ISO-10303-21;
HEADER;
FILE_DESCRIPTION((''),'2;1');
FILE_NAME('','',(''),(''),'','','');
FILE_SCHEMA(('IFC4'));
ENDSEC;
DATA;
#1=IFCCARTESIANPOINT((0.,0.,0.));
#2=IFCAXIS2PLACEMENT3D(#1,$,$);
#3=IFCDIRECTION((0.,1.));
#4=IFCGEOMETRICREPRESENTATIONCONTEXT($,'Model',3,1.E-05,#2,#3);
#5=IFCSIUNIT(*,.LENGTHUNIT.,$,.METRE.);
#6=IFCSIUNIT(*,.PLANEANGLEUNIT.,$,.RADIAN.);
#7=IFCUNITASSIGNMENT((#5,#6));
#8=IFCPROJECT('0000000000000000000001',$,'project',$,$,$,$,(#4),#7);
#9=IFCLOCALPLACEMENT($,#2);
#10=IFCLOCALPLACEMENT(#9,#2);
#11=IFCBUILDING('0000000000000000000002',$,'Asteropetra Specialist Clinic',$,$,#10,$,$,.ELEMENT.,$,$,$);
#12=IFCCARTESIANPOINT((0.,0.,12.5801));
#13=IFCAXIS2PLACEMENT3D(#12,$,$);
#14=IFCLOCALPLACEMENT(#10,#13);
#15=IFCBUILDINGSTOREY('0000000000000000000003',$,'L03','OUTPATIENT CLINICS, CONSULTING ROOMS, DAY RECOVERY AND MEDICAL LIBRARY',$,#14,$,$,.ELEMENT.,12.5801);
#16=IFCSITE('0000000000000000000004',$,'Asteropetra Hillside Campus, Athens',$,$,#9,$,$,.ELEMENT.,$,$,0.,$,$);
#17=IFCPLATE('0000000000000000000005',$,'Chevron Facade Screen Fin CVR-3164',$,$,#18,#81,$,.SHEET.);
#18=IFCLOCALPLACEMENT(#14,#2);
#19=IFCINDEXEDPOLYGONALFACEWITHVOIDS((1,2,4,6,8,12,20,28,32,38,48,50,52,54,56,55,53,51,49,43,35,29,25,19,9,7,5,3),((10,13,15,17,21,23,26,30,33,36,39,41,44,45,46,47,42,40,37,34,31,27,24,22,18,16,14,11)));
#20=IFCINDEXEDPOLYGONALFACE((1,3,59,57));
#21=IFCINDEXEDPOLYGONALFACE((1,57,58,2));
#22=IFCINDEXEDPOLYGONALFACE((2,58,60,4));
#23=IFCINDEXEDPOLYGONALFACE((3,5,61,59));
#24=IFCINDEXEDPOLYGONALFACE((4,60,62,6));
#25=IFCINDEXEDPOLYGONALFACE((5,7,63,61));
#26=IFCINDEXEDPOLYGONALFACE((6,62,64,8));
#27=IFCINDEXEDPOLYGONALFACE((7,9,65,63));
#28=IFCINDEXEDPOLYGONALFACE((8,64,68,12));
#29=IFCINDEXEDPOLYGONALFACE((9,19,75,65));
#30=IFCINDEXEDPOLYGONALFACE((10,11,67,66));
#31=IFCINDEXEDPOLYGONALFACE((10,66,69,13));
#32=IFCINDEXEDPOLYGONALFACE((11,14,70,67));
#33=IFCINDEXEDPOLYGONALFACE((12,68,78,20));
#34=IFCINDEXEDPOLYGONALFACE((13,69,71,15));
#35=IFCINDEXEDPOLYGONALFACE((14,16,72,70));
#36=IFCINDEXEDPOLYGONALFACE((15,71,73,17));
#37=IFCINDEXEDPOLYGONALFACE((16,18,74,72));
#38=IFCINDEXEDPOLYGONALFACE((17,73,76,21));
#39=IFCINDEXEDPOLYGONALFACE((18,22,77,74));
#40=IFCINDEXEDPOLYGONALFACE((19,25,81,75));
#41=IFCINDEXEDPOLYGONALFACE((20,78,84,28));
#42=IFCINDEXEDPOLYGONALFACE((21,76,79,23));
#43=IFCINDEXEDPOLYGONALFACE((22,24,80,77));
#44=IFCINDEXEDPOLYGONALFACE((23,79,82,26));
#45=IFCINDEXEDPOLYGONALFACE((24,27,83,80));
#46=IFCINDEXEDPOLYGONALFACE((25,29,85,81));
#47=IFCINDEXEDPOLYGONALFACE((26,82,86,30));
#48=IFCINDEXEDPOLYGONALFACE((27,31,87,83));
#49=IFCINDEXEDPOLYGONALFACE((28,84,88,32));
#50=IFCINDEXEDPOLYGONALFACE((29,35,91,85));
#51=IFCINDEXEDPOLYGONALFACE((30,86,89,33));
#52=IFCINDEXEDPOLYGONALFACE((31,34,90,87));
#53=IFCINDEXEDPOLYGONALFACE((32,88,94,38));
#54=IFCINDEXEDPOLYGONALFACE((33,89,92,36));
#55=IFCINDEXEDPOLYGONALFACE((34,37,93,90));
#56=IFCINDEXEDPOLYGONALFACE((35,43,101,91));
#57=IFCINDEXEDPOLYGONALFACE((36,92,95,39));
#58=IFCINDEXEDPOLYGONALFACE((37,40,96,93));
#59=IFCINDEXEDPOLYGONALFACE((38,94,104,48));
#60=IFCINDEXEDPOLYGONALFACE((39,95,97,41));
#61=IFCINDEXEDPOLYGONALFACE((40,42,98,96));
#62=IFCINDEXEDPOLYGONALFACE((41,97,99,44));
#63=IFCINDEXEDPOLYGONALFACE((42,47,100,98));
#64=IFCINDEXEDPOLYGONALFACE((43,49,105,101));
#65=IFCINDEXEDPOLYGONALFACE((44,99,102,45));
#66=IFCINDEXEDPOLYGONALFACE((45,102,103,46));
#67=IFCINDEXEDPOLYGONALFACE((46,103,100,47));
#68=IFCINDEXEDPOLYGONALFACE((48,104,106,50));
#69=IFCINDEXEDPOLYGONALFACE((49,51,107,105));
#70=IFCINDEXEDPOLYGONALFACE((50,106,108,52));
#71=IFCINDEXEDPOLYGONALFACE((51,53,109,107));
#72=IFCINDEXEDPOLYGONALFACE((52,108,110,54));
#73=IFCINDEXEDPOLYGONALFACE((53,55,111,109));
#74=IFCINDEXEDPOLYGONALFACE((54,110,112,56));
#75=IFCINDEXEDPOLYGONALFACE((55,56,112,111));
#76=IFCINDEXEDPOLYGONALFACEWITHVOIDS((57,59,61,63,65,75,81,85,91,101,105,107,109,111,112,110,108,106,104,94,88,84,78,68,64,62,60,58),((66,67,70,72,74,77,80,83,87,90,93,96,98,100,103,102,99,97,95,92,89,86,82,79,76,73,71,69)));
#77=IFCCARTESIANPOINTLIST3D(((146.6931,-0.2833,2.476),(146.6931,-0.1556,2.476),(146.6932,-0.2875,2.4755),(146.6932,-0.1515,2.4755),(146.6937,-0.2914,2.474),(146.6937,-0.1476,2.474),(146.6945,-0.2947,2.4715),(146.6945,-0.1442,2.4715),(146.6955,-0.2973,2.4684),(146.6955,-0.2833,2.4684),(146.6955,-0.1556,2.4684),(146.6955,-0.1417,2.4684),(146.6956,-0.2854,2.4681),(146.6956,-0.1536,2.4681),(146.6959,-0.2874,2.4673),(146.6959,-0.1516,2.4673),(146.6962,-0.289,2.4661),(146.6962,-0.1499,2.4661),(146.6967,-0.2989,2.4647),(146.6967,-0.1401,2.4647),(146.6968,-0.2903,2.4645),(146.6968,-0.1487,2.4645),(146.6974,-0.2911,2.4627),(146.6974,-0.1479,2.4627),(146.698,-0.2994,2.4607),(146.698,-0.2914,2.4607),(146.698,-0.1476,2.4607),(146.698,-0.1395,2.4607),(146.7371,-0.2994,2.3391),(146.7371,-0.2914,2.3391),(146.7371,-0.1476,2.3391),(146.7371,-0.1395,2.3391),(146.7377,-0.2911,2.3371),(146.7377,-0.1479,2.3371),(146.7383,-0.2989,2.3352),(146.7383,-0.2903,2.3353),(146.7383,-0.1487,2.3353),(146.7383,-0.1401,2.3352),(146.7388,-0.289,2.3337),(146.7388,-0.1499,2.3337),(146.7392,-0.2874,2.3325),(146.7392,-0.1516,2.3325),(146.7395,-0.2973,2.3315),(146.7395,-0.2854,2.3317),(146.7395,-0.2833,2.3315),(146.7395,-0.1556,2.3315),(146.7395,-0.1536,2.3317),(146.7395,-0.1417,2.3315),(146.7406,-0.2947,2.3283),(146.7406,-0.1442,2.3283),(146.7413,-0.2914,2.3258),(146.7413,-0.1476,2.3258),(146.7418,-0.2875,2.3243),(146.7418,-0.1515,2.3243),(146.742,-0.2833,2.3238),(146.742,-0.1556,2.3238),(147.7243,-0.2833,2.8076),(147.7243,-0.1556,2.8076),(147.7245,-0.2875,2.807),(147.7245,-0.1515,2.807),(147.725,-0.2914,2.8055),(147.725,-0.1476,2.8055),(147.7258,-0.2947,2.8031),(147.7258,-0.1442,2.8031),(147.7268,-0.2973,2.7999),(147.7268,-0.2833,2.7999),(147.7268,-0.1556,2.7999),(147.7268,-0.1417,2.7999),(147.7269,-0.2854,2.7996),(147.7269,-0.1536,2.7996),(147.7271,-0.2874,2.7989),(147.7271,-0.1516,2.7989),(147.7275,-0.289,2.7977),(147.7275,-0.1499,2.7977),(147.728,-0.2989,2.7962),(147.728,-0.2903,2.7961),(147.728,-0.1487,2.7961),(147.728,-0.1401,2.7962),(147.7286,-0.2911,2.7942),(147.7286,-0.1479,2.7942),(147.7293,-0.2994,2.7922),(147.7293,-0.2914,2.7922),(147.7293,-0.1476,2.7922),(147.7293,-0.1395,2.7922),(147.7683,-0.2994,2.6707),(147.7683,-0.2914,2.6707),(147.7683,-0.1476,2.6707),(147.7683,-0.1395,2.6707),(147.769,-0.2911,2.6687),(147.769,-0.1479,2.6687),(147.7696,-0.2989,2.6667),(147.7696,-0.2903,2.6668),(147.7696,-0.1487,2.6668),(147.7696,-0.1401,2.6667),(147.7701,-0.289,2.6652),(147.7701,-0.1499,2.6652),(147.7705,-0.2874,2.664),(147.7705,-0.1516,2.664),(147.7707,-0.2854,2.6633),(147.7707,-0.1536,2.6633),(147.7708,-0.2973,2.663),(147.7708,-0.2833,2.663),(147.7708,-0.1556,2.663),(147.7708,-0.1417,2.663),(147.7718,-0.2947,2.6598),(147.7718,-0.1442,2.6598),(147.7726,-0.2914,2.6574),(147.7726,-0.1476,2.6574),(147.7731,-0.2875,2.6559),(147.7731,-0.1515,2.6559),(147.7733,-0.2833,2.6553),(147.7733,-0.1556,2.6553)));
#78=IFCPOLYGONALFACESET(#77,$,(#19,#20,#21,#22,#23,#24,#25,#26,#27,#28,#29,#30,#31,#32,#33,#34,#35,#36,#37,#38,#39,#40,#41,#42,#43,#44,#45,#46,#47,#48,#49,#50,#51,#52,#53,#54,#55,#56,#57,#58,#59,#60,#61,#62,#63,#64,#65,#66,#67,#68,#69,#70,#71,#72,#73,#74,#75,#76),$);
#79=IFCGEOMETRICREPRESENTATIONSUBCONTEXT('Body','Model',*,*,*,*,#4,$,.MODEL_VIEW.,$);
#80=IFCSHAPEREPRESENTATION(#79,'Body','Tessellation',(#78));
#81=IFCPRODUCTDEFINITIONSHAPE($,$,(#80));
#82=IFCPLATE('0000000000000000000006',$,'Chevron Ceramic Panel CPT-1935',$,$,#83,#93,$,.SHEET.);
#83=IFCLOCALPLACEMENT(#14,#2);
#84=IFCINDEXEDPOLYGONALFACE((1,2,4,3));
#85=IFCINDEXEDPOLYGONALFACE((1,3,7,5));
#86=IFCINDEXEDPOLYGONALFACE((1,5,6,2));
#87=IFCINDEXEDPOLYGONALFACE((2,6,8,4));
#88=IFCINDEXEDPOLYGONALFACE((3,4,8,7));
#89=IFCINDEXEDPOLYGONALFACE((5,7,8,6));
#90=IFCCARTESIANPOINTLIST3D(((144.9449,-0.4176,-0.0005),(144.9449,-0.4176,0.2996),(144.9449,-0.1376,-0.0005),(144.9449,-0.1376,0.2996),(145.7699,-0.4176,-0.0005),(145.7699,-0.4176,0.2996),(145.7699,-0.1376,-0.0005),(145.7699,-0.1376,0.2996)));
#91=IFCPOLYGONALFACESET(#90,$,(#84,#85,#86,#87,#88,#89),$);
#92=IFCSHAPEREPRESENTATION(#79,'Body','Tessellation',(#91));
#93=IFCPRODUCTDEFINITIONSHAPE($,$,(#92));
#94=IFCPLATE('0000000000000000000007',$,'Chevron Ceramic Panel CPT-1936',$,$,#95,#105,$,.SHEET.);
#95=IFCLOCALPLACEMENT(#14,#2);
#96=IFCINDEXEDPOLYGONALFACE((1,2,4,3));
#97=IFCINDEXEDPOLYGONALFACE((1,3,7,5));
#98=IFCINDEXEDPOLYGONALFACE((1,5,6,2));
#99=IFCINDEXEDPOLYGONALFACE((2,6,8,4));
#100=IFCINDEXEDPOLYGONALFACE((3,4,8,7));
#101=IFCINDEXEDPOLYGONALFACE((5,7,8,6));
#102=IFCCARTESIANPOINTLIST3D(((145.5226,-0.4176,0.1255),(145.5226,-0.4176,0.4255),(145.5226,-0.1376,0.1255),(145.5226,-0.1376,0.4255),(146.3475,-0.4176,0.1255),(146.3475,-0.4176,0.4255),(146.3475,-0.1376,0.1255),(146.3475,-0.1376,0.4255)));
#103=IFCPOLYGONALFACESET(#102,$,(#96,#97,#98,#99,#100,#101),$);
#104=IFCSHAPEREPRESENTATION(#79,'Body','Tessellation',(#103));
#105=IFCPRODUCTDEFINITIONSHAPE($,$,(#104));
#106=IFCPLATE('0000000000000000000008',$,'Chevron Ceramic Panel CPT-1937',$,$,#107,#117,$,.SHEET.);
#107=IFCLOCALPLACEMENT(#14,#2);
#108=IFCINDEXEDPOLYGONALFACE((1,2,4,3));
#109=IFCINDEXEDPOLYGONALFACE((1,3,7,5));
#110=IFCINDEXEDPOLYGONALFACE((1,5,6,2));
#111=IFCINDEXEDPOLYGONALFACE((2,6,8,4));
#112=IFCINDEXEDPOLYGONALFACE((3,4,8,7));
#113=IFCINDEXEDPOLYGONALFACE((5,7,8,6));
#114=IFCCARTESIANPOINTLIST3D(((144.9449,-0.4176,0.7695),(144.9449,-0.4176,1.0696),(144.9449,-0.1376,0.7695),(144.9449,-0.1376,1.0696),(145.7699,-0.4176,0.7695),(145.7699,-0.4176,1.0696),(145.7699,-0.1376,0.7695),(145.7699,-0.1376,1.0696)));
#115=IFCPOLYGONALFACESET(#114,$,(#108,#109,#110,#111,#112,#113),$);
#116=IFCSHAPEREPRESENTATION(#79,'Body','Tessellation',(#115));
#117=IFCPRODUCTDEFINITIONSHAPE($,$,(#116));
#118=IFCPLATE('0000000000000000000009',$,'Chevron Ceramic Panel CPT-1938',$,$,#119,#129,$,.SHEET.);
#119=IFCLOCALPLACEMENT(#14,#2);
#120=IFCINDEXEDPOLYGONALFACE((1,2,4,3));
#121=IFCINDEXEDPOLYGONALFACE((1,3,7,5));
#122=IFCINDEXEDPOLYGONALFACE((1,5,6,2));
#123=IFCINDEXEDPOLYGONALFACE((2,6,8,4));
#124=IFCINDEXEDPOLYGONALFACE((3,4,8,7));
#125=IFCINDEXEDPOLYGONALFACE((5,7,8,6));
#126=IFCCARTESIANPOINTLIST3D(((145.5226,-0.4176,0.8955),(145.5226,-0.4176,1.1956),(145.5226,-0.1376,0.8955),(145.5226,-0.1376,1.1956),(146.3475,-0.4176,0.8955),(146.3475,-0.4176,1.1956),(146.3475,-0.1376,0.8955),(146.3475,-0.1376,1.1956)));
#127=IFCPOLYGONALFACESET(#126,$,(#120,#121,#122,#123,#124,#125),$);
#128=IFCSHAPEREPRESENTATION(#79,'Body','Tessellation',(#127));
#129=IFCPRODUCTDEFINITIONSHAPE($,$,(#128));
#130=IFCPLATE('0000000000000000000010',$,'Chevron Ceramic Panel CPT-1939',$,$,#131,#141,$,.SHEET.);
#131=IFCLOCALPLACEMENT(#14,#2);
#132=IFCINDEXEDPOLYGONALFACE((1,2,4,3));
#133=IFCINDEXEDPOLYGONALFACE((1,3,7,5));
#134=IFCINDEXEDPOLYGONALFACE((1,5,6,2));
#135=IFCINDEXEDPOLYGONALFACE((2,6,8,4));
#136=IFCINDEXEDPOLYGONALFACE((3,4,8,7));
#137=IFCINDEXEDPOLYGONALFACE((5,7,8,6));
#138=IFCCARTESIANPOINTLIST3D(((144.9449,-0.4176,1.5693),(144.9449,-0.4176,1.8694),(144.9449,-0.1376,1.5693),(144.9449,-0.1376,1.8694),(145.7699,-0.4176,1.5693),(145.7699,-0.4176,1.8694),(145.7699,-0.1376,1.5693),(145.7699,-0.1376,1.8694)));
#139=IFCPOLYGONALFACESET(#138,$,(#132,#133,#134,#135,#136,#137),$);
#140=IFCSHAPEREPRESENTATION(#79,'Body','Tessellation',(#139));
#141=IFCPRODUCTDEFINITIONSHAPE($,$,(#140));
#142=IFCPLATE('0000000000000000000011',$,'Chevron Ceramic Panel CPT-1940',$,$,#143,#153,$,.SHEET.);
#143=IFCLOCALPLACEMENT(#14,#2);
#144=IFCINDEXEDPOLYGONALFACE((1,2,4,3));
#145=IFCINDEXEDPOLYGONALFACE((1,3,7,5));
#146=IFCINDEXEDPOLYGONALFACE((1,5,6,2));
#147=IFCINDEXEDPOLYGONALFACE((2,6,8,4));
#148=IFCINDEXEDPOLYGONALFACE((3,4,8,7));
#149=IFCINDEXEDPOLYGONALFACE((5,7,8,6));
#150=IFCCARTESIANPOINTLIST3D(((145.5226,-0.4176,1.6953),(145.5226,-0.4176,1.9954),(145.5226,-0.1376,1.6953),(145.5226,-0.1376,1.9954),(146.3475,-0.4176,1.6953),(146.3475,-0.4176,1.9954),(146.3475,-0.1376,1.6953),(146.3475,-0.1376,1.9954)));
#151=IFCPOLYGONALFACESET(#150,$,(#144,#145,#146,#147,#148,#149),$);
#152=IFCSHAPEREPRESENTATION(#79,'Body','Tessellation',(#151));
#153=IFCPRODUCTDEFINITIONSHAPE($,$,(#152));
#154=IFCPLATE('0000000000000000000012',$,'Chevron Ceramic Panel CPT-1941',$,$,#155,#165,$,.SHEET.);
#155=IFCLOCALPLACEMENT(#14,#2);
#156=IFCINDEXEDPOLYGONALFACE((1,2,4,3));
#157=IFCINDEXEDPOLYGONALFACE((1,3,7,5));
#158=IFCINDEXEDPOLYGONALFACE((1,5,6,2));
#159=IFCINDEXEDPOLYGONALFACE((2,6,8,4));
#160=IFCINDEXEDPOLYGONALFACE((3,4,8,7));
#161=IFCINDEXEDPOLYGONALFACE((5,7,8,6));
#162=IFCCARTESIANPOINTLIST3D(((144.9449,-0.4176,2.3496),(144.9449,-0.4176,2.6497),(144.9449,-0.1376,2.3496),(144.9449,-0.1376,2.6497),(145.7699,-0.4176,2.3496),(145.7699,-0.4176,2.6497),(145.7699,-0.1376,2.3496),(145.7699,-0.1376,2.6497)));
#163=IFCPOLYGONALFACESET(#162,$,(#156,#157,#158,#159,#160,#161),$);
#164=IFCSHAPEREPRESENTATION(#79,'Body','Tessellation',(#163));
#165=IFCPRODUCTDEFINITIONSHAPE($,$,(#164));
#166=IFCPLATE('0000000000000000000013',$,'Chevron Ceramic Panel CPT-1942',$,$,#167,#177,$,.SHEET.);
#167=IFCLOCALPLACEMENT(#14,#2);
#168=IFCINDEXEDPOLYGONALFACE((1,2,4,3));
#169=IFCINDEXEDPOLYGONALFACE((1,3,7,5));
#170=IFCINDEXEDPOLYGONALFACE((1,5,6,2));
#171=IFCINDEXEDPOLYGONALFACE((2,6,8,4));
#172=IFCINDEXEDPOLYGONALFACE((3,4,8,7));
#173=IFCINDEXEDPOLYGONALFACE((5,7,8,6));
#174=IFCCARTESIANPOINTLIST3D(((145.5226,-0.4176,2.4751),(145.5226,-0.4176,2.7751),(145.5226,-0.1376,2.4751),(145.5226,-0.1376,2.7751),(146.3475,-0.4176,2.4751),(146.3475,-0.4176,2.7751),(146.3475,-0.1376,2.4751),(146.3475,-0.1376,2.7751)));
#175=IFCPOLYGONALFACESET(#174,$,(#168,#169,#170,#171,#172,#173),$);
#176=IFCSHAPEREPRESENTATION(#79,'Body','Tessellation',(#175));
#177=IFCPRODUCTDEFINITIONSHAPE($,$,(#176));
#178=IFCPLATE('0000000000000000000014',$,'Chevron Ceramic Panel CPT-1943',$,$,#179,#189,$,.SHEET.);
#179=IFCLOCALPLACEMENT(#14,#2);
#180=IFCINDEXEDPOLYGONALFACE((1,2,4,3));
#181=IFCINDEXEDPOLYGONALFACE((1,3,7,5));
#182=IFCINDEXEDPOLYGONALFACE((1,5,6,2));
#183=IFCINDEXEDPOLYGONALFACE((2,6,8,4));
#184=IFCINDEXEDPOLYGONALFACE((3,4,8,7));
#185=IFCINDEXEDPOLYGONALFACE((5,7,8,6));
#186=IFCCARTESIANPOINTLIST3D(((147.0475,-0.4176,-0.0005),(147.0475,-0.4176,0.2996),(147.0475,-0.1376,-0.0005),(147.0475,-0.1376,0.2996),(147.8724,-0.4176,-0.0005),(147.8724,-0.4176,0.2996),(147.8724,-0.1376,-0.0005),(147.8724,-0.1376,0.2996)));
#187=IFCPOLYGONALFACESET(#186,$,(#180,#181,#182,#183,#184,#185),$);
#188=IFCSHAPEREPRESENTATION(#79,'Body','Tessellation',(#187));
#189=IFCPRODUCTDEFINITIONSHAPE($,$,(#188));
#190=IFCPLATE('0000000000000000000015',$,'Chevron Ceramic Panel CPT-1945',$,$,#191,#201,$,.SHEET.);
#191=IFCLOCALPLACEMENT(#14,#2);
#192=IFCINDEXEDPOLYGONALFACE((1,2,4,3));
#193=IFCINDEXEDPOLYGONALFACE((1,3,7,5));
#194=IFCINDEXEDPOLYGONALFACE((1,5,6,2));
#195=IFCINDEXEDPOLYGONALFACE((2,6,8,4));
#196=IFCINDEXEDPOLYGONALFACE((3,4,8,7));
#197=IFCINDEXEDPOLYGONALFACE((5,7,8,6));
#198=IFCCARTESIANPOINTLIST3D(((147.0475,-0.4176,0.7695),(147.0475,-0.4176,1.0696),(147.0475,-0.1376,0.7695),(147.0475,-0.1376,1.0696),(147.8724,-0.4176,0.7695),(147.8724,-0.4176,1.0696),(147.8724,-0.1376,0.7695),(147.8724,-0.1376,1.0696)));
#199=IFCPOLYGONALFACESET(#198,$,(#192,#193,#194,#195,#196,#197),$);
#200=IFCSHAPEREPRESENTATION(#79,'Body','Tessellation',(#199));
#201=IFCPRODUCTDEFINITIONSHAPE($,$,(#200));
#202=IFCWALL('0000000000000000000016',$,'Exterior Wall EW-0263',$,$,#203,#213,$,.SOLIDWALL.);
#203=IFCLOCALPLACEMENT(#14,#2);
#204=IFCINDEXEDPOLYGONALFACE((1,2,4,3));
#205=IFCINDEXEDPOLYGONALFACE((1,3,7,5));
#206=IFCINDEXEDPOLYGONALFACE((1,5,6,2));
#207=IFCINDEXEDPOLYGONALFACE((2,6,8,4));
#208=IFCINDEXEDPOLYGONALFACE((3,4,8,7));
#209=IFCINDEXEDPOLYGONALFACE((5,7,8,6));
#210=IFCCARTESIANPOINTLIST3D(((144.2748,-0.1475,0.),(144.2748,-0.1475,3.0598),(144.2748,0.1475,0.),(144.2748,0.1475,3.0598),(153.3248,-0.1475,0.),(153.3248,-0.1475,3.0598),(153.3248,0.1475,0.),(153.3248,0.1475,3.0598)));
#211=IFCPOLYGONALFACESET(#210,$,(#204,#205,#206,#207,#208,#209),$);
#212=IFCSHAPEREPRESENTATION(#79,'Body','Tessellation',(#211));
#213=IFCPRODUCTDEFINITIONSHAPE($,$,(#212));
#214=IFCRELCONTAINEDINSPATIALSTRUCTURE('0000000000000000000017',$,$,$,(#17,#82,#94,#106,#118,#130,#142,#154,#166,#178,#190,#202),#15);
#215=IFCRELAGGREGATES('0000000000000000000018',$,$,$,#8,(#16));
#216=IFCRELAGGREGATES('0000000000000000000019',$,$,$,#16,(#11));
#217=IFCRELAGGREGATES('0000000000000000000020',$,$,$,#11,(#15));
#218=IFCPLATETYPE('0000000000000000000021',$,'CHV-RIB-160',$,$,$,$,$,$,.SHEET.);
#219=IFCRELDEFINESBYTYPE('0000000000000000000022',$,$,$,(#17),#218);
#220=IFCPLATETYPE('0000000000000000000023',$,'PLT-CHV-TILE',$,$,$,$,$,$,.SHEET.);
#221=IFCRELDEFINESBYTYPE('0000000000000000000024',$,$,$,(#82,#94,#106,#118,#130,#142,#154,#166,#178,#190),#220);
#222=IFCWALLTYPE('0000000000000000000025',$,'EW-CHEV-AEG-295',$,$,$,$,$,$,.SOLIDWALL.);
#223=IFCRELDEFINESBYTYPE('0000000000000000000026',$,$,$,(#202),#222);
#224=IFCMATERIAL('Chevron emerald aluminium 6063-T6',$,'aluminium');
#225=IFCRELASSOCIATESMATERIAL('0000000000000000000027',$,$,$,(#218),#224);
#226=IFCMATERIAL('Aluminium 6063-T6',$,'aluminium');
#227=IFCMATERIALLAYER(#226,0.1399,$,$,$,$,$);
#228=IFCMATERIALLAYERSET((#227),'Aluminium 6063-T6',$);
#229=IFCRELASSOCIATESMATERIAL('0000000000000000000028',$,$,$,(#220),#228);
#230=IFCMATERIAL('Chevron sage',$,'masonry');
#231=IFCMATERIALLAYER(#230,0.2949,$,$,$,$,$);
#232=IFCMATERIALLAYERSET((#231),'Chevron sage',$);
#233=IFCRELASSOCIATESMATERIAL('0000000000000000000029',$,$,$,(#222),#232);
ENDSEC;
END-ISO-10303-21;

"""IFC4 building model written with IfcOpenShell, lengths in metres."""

from ifc_helpers import new_model, si_unit, direction, frame, frame_2d, origin, origin_2d, place, context, subcontext, project, spatial, rectangle, hollow_rectangle, extrude, material, layer, layer_set, material_profile, profile_set, type_object, element, save


model = new_model("IFC4")

# Units and contexts
model_context = context("Model", 3, precision=1e-05, world=origin(), true_north=direction((0.0, 1.0)))
body_context = subcontext(model_context, "Body", "Model", "MODEL_VIEW")
ifc_project = project(units=[si_unit("LENGTHUNIT", "METRE"), si_unit("PLANEANGLEUNIT", "RADIAN")], contexts=[model_context])

# Site, building, storey
site_placement = place(None, origin())
site = spatial("IfcSite", under=ifc_project, at=site_placement, Name="Asteropetra Hillside Campus, Athens", CompositionType="ELEMENT", RefElevation=0.0)
building_placement = place(site_placement, origin())
building = spatial("IfcBuilding", under=site, at=building_placement, Name="Asteropetra Specialist Clinic", CompositionType="ELEMENT")
storey_placement = place(building_placement, frame((0.0, 0.0, 12.5801)))
storey = spatial("IfcBuildingStorey", under=building, at=storey_placement, Name="L03", Description="OUTPATIENT CLINICS, CONSULTING ROOMS, DAY RECOVERY AND MEDICAL LIBRARY", CompositionType="ELEMENT", Elevation=12.5801)

# Plates
ifc_material_1 = material(Name="Chevron emerald aluminium 6063-T6", Category="aluminium")
ifc_material_profile_1 = material_profile(ifc_material_1, hollow_rectangle(XDim=0.1599, YDim=0.1599, WallThickness=0.0081, InnerFilletRadius=0.0081, OuterFilletRadius=0.0161, at=origin_2d()), Name="SHS 160x160x8.0")
ifc_profile_set_1 = profile_set([ifc_material_profile_1], Name="Chevron emerald aluminium 6063-T6")
plate_type_1 = type_object("IfcPlateType", Name="CHV-RIB-160", PredefinedType="SHEET", material=ifc_profile_set_1)
for number, where, z_axis, x_axis, name in (
    (1, (146.7175, -0.2195, 2.3999), (0.95201, 0.0, 0.306068), (0.0, 1.0, 0.0), "Chevron Facade Screen Fin CVR-3164"),
):
    element("IfcPlate", number, at=place(storey_placement, frame(where, z_axis=z_axis, x_axis=x_axis)), inside=storey, type_object=plate_type_1, Name=name, PredefinedType="SHEET", context=body_context, shape_type="SweptSolid", body=[
        extrude(hollow_rectangle(XDim=0.1599, YDim=0.1599, WallThickness=0.0081, InnerFilletRadius=0.0081, OuterFilletRadius=0.0161, at=origin_2d()), origin(), (0.0, 0.0, 1.0), 1.0833),
    ])
ifc_material_2 = material(Name="Aluminium 6063-T6", Category="aluminium")
ifc_layer_1 = layer(ifc_material_2, 0.1399)
ifc_layer_set_1 = layer_set([ifc_layer_1], Name="Aluminium 6063-T6")
plate_type_2 = type_object("IfcPlateType", Name="PLT-CHV-TILE", PredefinedType="SHEET", material=ifc_layer_set_1)
for number, where, z_axis, x_axis, name in (
    (2, (145.3574, -0.2776, -0.0005), (0.0, 0.0, 1.0), (1.0, 0.0, 0.0), "Chevron Ceramic Panel CPT-1935"),
    (3, (145.9351, -0.2776, 0.1255), (0.0, 0.0, 1.0), (1.0, 0.0, 0.0), "Chevron Ceramic Panel CPT-1936"),
    (4, (145.3574, -0.2776, 0.7695), (0.0, 0.0, 1.0), (1.0, 0.0, 0.0), "Chevron Ceramic Panel CPT-1937"),
    (5, (145.9351, -0.2776, 0.8955), (0.0, 0.0, 1.0), (1.0, 0.0, 0.0), "Chevron Ceramic Panel CPT-1938"),
    (6, (145.3574, -0.2776, 1.5693), (0.0, 0.0, 1.0), (1.0, 0.0, 0.0), "Chevron Ceramic Panel CPT-1939"),
    (7, (145.9351, -0.2776, 1.6953), (0.0, 0.0, 1.0), (1.0, 0.0, 0.0), "Chevron Ceramic Panel CPT-1940"),
    (8, (145.3574, -0.2776, 2.3496), (0.0, 0.0, 1.0), (1.0, 0.0, 0.0), "Chevron Ceramic Panel CPT-1941"),
    (9, (145.9351, -0.2776, 2.4751), (0.0, 0.0, 1.0), (1.0, 0.0, 0.0), "Chevron Ceramic Panel CPT-1942"),
    (10, (147.46, -0.2776, -0.0005), (0.0, 0.0, 1.0), (1.0, 0.0, 0.0), "Chevron Ceramic Panel CPT-1943"),
    (11, (147.46, -0.2776, 0.7695), (0.0, 0.0, 1.0), (1.0, 0.0, 0.0), "Chevron Ceramic Panel CPT-1945"),
):
    element("IfcPlate", number, at=place(storey_placement, frame(where, z_axis=z_axis, x_axis=x_axis)), inside=storey, type_object=plate_type_2, Name=name, PredefinedType="SHEET", context=body_context, shape_type="SweptSolid", body=[
        extrude(rectangle(XDim=0.825, YDim=0.28, at=origin_2d()), origin(), (0.0, 0.0, 1.0), 0.3),
    ])

# Wall
ifc_material_3 = material(Name="Chevron sage", Category="masonry")
ifc_layer_2 = layer(ifc_material_3, 0.2949)
ifc_layer_set_2 = layer_set([ifc_layer_2], Name="Chevron sage")
wall_type = type_object("IfcWallType", Name="EW-CHEV-AEG-295", PredefinedType="SOLIDWALL", material=ifc_layer_set_2)
wall_placement = place(storey_placement, frame((144.2749, 0.0, 0.0), z_axis=(0.0, 0.0, 1.0), x_axis=(1.0, 0.0, 0.0)))
element("IfcWall", 12, at=wall_placement, inside=storey, type_object=wall_type, Name="Exterior Wall EW-0263", PredefinedType="SOLIDWALL", context=body_context, shape_type="SweptSolid", body=[
    extrude(rectangle(XDim=9.05, YDim=0.2949, at=frame_2d((4.5249, 0.0))), origin(), (0.0, 0.0, 1.0), 3.0598),
])

save(model, "model.ifc")
